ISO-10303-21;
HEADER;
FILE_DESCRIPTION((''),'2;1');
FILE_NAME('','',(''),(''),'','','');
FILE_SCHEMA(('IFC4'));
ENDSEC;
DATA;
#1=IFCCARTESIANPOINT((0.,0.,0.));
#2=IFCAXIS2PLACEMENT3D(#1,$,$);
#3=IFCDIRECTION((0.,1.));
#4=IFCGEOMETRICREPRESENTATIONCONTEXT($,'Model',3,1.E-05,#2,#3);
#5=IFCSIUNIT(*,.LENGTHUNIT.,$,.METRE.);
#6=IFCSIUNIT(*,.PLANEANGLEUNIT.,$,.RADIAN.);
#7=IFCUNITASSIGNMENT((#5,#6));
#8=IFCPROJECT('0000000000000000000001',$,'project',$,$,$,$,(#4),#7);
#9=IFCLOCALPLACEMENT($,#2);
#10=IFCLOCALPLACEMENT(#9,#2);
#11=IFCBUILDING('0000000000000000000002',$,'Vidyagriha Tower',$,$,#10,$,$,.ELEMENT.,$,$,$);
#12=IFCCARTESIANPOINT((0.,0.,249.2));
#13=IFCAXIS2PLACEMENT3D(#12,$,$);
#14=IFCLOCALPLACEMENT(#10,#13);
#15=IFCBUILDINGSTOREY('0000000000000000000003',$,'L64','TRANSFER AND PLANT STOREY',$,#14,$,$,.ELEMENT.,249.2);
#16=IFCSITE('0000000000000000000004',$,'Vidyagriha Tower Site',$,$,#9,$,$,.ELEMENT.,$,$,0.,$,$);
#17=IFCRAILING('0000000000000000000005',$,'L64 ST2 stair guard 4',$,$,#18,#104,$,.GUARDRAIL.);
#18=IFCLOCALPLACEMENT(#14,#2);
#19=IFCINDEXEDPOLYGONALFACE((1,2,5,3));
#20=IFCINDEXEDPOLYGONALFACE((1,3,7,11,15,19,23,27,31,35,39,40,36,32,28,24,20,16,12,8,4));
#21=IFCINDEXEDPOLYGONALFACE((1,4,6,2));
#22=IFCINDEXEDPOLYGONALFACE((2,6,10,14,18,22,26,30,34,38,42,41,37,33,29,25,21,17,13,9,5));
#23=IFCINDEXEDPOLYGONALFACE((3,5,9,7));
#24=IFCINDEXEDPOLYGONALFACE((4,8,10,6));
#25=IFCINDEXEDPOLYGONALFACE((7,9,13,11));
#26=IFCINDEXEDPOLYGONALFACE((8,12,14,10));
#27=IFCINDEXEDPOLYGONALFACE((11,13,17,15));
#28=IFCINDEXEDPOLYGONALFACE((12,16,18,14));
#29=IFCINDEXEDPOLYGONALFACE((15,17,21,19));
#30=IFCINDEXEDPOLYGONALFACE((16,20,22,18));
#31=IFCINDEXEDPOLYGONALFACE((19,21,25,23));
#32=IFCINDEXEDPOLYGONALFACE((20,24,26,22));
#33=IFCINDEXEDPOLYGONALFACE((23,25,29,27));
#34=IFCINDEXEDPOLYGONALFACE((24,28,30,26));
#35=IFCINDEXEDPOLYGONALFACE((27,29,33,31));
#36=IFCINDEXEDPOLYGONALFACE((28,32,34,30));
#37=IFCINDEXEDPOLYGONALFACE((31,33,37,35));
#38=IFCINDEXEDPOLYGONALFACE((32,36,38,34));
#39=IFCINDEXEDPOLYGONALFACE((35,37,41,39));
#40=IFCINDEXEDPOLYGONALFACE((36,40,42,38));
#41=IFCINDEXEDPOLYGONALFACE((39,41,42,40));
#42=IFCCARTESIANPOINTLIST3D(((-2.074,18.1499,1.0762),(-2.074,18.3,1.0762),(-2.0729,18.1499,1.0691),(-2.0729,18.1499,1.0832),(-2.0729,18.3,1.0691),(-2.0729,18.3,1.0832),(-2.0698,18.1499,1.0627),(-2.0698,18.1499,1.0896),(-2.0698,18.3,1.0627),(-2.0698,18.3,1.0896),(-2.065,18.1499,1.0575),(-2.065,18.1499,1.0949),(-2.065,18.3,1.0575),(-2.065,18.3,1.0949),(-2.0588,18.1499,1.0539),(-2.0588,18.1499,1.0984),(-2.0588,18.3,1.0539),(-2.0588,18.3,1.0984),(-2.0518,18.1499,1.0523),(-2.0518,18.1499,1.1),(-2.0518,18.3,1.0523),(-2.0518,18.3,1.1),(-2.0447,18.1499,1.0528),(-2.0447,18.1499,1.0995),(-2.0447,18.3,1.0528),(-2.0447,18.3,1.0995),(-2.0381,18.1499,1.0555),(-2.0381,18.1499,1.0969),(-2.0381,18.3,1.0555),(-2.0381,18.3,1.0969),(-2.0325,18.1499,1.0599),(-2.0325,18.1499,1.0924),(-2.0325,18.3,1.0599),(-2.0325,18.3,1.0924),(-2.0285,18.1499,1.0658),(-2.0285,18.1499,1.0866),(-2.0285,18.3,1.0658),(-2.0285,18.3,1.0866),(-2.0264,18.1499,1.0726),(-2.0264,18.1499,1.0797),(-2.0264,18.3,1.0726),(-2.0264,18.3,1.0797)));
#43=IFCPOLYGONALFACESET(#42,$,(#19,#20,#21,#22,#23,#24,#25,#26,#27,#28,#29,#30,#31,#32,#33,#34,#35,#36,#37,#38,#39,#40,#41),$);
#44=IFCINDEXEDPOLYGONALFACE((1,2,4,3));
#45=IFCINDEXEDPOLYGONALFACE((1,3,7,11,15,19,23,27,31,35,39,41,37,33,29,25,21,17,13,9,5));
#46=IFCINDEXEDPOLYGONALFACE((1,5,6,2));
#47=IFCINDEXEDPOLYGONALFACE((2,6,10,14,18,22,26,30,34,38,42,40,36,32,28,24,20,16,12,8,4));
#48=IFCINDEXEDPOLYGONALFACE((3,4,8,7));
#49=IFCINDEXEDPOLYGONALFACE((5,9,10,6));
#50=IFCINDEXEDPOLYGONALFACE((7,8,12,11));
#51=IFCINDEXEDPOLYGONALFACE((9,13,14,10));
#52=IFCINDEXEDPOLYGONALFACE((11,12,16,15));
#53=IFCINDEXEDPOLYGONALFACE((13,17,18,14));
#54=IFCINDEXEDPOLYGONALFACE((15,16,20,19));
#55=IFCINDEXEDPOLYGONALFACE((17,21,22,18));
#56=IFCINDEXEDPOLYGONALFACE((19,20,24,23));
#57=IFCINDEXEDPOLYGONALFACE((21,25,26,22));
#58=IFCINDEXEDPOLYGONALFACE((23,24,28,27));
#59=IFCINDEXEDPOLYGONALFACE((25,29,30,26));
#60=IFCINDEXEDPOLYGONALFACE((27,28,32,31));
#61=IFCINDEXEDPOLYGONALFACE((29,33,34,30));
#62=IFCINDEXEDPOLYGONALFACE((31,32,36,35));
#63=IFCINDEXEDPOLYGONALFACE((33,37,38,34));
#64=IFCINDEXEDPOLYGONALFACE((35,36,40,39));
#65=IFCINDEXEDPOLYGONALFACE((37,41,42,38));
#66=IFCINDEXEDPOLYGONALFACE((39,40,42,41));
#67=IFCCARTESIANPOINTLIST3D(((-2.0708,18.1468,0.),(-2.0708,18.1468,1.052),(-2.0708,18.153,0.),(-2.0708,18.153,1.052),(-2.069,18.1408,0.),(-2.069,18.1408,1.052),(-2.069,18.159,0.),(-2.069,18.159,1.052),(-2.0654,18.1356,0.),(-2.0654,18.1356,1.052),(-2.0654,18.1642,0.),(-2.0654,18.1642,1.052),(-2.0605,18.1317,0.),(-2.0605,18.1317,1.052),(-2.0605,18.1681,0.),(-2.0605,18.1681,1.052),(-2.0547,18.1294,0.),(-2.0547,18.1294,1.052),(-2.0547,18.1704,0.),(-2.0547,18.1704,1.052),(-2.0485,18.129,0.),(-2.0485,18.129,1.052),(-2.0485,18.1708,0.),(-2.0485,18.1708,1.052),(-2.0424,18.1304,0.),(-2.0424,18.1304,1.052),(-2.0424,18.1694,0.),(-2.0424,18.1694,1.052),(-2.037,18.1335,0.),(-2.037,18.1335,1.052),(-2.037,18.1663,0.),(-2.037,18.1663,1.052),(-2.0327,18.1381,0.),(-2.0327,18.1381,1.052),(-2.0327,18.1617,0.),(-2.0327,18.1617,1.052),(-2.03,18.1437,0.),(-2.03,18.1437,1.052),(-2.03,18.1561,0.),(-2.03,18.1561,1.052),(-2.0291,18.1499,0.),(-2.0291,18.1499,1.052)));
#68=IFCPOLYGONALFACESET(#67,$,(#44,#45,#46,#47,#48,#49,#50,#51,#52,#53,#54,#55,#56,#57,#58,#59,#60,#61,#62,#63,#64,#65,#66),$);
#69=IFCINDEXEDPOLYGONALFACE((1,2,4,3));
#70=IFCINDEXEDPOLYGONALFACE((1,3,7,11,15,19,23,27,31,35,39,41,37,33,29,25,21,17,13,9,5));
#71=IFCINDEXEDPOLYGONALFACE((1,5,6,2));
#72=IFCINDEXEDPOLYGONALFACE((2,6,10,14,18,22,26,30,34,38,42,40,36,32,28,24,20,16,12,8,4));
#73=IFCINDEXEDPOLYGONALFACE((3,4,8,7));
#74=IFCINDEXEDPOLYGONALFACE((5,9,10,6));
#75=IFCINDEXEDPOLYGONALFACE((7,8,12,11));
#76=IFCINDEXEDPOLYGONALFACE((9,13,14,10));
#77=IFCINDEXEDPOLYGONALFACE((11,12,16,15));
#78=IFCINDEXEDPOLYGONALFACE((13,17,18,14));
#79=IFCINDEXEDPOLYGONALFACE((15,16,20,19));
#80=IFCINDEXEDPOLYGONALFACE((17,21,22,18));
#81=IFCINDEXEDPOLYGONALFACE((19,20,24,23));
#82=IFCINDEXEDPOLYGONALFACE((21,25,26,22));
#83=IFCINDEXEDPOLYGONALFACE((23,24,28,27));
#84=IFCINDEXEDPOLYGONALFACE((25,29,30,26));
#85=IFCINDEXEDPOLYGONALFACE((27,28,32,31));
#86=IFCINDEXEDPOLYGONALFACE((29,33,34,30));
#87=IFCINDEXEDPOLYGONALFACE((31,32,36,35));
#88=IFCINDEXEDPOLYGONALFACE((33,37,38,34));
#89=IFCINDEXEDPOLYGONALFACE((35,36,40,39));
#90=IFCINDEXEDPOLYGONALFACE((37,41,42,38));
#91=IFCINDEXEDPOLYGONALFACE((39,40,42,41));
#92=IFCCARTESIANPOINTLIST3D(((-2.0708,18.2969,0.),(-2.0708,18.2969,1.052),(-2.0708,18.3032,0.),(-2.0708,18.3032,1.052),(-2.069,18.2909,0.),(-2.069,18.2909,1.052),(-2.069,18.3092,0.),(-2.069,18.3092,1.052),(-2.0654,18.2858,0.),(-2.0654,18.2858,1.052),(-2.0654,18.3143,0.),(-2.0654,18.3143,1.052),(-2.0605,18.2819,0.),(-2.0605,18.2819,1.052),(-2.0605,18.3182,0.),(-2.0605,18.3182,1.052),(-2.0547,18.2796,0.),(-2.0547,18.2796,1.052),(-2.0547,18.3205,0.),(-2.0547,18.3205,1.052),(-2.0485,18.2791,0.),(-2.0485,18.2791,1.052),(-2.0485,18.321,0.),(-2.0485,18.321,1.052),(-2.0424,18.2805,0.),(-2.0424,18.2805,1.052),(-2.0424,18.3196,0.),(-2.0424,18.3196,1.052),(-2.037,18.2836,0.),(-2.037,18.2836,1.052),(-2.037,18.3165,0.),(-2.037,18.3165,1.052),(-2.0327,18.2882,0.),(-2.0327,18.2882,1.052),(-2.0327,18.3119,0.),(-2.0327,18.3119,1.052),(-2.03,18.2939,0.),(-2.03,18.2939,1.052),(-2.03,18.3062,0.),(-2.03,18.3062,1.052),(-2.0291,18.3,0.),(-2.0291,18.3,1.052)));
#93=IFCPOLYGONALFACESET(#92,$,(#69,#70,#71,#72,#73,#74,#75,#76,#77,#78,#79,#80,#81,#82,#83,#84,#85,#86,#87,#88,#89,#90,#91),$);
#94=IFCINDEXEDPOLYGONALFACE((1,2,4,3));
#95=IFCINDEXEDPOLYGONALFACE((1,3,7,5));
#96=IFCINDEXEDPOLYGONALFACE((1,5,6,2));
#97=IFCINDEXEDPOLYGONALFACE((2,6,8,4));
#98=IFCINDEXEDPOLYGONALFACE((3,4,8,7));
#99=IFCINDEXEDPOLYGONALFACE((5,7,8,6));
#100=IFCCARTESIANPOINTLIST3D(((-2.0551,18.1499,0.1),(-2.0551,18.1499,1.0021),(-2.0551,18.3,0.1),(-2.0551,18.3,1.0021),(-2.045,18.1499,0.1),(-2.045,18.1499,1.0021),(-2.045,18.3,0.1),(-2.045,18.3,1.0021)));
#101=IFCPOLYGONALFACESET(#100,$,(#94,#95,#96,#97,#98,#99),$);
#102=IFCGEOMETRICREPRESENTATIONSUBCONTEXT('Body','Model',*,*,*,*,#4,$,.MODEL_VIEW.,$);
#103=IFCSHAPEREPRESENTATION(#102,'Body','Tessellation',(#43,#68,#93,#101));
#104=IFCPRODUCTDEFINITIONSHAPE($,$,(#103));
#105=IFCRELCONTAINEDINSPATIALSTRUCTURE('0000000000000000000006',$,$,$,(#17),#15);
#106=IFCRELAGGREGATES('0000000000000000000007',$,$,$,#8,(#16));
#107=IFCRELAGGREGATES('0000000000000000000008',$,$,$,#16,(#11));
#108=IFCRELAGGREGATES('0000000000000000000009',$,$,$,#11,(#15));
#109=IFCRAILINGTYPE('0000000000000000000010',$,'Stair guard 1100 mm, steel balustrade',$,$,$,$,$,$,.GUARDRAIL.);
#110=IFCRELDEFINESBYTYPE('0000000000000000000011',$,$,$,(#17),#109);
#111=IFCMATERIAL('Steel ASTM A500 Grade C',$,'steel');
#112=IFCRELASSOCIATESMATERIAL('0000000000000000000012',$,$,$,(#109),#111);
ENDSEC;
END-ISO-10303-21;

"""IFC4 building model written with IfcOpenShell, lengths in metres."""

from ifc_helpers import new_model, si_unit, direction, frame, origin, origin_2d, place, context, subcontext, project, spatial, rectangle, circle, extrude, material, type_object, element, save


model = new_model("IFC4")

# Units and contexts
model_context = context("Model", 3, precision=1e-05, world=origin(), true_north=direction((0.0, 1.0)))
body_context = subcontext(model_context, "Body", "Model", "MODEL_VIEW")
ifc_project = project(units=[si_unit("LENGTHUNIT", "METRE"), si_unit("PLANEANGLEUNIT", "RADIAN")], contexts=[model_context])

# Site, building, storey
site_placement = place(None, origin())
site = spatial("IfcSite", under=ifc_project, at=site_placement, Name="Vidyagriha Tower Site", CompositionType="ELEMENT", RefElevation=0.0)
building_placement = place(site_placement, origin())
building = spatial("IfcBuilding", under=site, at=building_placement, Name="Vidyagriha Tower", CompositionType="ELEMENT")
storey_placement = place(building_placement, frame((0.0, 0.0, 249.2)))
storey = spatial("IfcBuildingStorey", under=building, at=storey_placement, Name="L64", Description="TRANSFER AND PLANT STOREY", CompositionType="ELEMENT", Elevation=249.2)

# Railing
ifc_material_1 = material(Name="Steel ASTM A500 Grade C", Category="steel")
railing_type_1 = type_object("IfcRailingType", Name="Stair guard 1100 mm, steel balustrade", PredefinedType="GUARDRAIL", material=ifc_material_1)
railing_1_placement = place(storey_placement, frame((-2.05, 18.1499, 0.0)))
element("IfcRailing", 1, at=railing_1_placement, inside=storey, type_object=railing_type_1, Name="L64 ST2 stair guard 4", PredefinedType="GUARDRAIL", context=body_context, shape_type="SweptSolid", body=[
    extrude(circle(Radius=0.0239, at=origin_2d()), frame((0.0, 0.0, 1.0762), z_axis=(0.0, 1.0, 0.0), x_axis=(-1.0, 0.0, 0.0)), (0.0, 0.0, 1.0), 0.1501),
    extrude(circle(Radius=0.021, at=origin_2d()), origin(), (0.0, 0.0, 1.0), 1.052),
    extrude(circle(Radius=0.021, at=origin_2d()), frame((0.0, 0.1501, 0.0)), (0.0, 0.0, 1.0), 1.052),
    extrude(rectangle(XDim=0.01, YDim=0.9021, at=origin_2d()), frame((0.0, 0.0, 0.551), z_axis=(0.0, 1.0, 0.0), x_axis=(-1.0, 0.0, 0.0)), (0.0, 0.0, 1.0), 0.1501),
])

save(model, "model.ifc")
